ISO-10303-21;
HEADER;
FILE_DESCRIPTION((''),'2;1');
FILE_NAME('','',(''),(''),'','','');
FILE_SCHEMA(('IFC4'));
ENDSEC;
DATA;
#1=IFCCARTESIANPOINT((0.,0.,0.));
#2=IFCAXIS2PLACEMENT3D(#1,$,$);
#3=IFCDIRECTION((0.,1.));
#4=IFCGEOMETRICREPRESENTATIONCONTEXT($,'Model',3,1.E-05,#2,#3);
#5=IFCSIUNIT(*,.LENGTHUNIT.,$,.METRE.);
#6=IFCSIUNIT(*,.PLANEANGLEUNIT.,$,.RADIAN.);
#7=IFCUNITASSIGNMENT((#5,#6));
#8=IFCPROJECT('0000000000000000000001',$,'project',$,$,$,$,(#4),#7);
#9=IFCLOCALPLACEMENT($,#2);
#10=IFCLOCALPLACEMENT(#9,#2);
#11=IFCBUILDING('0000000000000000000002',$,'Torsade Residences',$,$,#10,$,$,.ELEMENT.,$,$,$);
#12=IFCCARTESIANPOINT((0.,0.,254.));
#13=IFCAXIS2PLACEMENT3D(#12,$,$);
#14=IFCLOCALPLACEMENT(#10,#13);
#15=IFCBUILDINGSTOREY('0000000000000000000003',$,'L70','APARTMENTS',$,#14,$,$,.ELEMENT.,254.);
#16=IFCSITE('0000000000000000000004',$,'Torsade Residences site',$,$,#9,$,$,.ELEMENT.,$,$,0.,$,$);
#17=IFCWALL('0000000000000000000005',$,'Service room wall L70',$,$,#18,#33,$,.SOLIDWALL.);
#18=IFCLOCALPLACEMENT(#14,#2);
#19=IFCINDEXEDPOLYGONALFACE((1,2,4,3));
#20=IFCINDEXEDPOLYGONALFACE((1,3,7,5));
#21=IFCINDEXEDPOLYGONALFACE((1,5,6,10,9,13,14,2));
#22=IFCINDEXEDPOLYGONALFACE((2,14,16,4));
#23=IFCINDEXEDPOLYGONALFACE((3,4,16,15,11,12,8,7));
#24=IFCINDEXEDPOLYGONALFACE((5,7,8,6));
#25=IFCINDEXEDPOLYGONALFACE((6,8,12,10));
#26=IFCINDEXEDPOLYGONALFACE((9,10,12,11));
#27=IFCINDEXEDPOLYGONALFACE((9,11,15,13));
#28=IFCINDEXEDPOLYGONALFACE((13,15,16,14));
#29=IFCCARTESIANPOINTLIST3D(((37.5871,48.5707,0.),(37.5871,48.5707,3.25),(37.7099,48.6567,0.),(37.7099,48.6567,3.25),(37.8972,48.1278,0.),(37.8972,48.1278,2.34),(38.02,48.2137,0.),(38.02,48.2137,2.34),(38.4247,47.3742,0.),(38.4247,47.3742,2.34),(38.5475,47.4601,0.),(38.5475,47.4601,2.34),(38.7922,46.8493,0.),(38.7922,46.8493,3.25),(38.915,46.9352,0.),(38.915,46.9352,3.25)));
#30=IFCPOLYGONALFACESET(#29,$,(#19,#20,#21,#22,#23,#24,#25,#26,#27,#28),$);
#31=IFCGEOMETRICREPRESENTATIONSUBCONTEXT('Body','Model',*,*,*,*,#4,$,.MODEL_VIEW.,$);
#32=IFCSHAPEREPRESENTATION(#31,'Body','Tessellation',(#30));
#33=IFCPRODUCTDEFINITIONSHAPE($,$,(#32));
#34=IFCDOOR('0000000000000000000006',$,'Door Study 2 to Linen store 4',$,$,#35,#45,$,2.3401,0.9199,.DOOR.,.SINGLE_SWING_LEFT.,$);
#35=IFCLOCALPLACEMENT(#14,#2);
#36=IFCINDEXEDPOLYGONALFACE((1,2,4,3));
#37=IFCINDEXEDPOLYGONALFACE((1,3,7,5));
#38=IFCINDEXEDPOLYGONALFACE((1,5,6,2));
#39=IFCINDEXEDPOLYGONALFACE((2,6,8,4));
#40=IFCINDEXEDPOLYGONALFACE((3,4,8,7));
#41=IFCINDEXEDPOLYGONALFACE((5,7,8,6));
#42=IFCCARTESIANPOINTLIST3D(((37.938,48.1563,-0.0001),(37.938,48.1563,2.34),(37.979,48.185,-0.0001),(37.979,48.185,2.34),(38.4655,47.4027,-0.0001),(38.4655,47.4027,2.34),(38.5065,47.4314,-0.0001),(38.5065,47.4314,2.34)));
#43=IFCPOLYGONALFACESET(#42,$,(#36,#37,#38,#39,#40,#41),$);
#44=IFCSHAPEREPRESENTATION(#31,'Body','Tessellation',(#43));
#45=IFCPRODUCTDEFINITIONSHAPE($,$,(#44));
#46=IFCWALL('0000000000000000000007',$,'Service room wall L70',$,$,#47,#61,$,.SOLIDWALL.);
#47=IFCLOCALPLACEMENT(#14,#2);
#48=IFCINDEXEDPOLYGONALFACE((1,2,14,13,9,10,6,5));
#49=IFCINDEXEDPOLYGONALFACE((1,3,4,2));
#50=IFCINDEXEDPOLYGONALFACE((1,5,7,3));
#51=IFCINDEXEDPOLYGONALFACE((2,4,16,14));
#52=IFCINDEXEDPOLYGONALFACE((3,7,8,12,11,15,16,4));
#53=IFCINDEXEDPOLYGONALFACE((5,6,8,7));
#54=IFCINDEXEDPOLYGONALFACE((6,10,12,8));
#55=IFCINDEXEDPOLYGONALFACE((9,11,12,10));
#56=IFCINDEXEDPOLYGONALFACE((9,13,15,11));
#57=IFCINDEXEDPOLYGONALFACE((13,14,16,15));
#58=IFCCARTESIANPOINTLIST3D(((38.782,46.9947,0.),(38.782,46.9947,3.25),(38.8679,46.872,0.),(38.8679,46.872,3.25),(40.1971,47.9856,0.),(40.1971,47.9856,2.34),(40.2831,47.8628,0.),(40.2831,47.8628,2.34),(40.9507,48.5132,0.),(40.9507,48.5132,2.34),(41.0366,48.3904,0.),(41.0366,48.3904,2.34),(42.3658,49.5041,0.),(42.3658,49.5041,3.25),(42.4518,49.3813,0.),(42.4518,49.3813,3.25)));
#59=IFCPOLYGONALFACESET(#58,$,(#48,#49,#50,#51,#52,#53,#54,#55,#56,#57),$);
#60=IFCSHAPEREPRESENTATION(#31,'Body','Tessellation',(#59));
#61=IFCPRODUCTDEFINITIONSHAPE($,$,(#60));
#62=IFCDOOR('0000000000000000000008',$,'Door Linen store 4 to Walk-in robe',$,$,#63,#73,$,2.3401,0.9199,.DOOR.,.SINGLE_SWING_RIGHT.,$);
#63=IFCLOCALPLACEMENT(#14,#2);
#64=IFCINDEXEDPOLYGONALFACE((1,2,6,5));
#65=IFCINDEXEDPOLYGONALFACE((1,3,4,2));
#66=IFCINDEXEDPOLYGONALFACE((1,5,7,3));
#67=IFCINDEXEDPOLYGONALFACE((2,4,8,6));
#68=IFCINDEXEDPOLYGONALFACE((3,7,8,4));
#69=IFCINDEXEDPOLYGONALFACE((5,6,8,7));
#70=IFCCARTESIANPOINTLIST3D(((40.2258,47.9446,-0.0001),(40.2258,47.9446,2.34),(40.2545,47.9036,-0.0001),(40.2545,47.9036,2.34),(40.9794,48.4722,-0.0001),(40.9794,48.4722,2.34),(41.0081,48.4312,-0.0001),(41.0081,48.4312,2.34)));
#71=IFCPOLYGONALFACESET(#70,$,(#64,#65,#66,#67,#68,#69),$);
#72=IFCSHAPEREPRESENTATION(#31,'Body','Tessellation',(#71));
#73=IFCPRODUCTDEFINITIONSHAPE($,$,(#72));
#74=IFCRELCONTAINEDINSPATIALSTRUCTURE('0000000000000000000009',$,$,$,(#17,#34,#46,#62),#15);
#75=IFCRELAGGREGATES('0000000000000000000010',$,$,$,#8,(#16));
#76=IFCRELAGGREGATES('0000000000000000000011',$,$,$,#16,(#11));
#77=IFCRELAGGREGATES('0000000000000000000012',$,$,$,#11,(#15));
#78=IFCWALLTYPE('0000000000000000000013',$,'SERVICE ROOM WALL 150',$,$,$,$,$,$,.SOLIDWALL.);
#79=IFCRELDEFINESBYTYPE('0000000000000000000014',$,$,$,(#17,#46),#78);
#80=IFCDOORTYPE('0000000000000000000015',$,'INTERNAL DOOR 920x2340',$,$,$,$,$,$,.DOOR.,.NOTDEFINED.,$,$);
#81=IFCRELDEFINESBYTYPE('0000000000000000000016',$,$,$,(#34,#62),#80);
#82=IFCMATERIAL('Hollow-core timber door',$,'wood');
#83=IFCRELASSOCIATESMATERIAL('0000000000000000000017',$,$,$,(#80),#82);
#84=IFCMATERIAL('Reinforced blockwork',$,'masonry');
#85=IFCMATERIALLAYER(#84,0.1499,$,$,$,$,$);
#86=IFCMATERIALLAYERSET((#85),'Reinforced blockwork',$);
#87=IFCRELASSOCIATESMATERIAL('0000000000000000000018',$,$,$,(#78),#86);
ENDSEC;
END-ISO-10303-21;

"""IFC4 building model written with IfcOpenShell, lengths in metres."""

from ifc_helpers import new_model, si_unit, direction, frame, frame_2d, origin, place, context, subcontext, project, spatial, rectangle, extrude, material, layer, layer_set, type_object, element, fill, save


model = new_model("IFC4")

# Units and contexts
model_context = context("Model", 3, precision=1e-05, world=origin(), true_north=direction((0.0, 1.0)))
body_context = subcontext(model_context, "Body", "Model", "MODEL_VIEW")
ifc_project = project(units=[si_unit("LENGTHUNIT", "METRE"), si_unit("PLANEANGLEUNIT", "RADIAN")], contexts=[model_context])

# Site, building, storey
site_placement = place(None, origin())
site = spatial("IfcSite", under=ifc_project, at=site_placement, Name="Torsade Residences site", CompositionType="ELEMENT", RefElevation=0.0)
building_placement = place(site_placement, origin())
building = spatial("IfcBuilding", under=site, at=building_placement, Name="Torsade Residences", CompositionType="ELEMENT")
storey_placement = place(building_placement, frame((0.0, 0.0, 254.0)))
storey = spatial("IfcBuildingStorey", under=building, at=storey_placement, Name="L70", Description="APARTMENTS", CompositionType="ELEMENT", Elevation=254.0)

# Shared definitions
ifc_material_1 = material(Name="Hollow-core timber door", Category="wood")
door_type = type_object("IfcDoorType", Name="INTERNAL DOOR 920x2340", OperationType="NOTDEFINED", PredefinedType="DOOR", material=ifc_material_1)

# Walls, openings, doors
ifc_material_2 = material(Name="Reinforced blockwork", Category="masonry")
ifc_layer_1 = layer(ifc_material_2, 0.1499)
ifc_layer_set_1 = layer_set([ifc_layer_1], Name="Reinforced blockwork")
wall_type_1 = type_object("IfcWallType", Name="SERVICE ROOM WALL 150", PredefinedType="SOLIDWALL", material=ifc_layer_set_1)
wall_1_placement = place(storey_placement, frame((37.6484, 48.6138, 0.0), z_axis=(0.0, 0.0, 1.0), x_axis=(0.573486, -0.819216, 0.0)))
wall_1 = element("IfcWall", 1, at=wall_1_placement, inside=storey, type_object=wall_type_1, Name="Service room wall L70", PredefinedType="SOLIDWALL", context=body_context, shape_type="SweptSolid", body=[
    extrude(rectangle(XDim=2.1013, YDim=0.1499, at=frame_2d((1.0508, 0.0))), origin(), (0.0, 0.0, 1.0), 3.25),
])
opening_1_placement = place(wall_1_placement, frame((0.5408, 0.0, 0.0)))
opening_1 = element("IfcOpeningElement", 2, at=opening_1_placement, cuts=wall_1, PredefinedType="OPENING", context=body_context, shape_type="SweptSolid", body=[
    extrude(rectangle(XDim=0.9199, YDim=2.3401, at=frame_2d((0.46, 1.1699))), frame((0.0, 0.085, 0.0), z_axis=(0.0, -1.0, 0.0), x_axis=(1.0, 0.0, 0.0)), (0.0, 0.0, 1.0), 0.1699),
])
door_1_placement = place(opening_1_placement, origin())
door_1 = element("IfcDoor", 3, at=door_1_placement, inside=storey, type_object=door_type, Name="Door Study 2 to Linen store 4", OperationType="SINGLE_SWING_LEFT", OverallHeight=2.3401, OverallWidth=0.9199, PredefinedType="DOOR", context=body_context, shape_type="SweptSolid", body=[
    extrude(rectangle(XDim=0.9199, YDim=2.3401, at=frame_2d((0.46, 1.1699))), frame((0.0, 0.0249, 0.0), z_axis=(0.0, -1.0, 0.0), x_axis=(1.0, 0.0, 0.0)), (0.0, 0.0, 1.0), 0.05),
])
fill(opening_1, door_1)
wall_2_placement = place(storey_placement, frame((38.825, 46.9333, 0.0), z_axis=(0.0, 0.0, 1.0), x_axis=(0.819161, 0.573563, 0.0)))
wall_2 = element("IfcWall", 4, at=wall_2_placement, inside=storey, type_object=wall_type_1, Name="Service room wall L70", PredefinedType="SOLIDWALL", context=body_context, shape_type="SweptSolid", body=[
    extrude(rectangle(XDim=4.375, YDim=0.1499, at=frame_2d((2.1875, 0.0))), origin(), (0.0, 0.0, 1.0), 3.25),
])
opening_2_placement = place(wall_2_placement, frame((1.7275, 0.0, 0.0)))
opening_2 = element("IfcOpeningElement", 5, at=opening_2_placement, cuts=wall_2, PredefinedType="OPENING", context=body_context, shape_type="SweptSolid", body=[
    extrude(rectangle(XDim=0.9199, YDim=2.3401, at=frame_2d((0.46, 1.1699))), frame((0.0, 0.085, 0.0), z_axis=(0.0, -1.0, 0.0), x_axis=(1.0, 0.0, 0.0)), (0.0, 0.0, 1.0), 0.1699),
])
door_2_placement = place(opening_2_placement, origin())
door_2 = element("IfcDoor", 6, at=door_2_placement, inside=storey, type_object=door_type, Name="Door Linen store 4 to Walk-in robe", OperationType="SINGLE_SWING_RIGHT", OverallHeight=2.3401, OverallWidth=0.9199, PredefinedType="DOOR", context=body_context, shape_type="SweptSolid", body=[
    extrude(rectangle(XDim=0.9199, YDim=2.3401, at=frame_2d((0.46, 1.1699))), frame((0.0, 0.0249, 0.0), z_axis=(0.0, -1.0, 0.0), x_axis=(1.0, 0.0, 0.0)), (0.0, 0.0, 1.0), 0.05),
])
fill(opening_2, door_2)

save(model, "model.ifc")
